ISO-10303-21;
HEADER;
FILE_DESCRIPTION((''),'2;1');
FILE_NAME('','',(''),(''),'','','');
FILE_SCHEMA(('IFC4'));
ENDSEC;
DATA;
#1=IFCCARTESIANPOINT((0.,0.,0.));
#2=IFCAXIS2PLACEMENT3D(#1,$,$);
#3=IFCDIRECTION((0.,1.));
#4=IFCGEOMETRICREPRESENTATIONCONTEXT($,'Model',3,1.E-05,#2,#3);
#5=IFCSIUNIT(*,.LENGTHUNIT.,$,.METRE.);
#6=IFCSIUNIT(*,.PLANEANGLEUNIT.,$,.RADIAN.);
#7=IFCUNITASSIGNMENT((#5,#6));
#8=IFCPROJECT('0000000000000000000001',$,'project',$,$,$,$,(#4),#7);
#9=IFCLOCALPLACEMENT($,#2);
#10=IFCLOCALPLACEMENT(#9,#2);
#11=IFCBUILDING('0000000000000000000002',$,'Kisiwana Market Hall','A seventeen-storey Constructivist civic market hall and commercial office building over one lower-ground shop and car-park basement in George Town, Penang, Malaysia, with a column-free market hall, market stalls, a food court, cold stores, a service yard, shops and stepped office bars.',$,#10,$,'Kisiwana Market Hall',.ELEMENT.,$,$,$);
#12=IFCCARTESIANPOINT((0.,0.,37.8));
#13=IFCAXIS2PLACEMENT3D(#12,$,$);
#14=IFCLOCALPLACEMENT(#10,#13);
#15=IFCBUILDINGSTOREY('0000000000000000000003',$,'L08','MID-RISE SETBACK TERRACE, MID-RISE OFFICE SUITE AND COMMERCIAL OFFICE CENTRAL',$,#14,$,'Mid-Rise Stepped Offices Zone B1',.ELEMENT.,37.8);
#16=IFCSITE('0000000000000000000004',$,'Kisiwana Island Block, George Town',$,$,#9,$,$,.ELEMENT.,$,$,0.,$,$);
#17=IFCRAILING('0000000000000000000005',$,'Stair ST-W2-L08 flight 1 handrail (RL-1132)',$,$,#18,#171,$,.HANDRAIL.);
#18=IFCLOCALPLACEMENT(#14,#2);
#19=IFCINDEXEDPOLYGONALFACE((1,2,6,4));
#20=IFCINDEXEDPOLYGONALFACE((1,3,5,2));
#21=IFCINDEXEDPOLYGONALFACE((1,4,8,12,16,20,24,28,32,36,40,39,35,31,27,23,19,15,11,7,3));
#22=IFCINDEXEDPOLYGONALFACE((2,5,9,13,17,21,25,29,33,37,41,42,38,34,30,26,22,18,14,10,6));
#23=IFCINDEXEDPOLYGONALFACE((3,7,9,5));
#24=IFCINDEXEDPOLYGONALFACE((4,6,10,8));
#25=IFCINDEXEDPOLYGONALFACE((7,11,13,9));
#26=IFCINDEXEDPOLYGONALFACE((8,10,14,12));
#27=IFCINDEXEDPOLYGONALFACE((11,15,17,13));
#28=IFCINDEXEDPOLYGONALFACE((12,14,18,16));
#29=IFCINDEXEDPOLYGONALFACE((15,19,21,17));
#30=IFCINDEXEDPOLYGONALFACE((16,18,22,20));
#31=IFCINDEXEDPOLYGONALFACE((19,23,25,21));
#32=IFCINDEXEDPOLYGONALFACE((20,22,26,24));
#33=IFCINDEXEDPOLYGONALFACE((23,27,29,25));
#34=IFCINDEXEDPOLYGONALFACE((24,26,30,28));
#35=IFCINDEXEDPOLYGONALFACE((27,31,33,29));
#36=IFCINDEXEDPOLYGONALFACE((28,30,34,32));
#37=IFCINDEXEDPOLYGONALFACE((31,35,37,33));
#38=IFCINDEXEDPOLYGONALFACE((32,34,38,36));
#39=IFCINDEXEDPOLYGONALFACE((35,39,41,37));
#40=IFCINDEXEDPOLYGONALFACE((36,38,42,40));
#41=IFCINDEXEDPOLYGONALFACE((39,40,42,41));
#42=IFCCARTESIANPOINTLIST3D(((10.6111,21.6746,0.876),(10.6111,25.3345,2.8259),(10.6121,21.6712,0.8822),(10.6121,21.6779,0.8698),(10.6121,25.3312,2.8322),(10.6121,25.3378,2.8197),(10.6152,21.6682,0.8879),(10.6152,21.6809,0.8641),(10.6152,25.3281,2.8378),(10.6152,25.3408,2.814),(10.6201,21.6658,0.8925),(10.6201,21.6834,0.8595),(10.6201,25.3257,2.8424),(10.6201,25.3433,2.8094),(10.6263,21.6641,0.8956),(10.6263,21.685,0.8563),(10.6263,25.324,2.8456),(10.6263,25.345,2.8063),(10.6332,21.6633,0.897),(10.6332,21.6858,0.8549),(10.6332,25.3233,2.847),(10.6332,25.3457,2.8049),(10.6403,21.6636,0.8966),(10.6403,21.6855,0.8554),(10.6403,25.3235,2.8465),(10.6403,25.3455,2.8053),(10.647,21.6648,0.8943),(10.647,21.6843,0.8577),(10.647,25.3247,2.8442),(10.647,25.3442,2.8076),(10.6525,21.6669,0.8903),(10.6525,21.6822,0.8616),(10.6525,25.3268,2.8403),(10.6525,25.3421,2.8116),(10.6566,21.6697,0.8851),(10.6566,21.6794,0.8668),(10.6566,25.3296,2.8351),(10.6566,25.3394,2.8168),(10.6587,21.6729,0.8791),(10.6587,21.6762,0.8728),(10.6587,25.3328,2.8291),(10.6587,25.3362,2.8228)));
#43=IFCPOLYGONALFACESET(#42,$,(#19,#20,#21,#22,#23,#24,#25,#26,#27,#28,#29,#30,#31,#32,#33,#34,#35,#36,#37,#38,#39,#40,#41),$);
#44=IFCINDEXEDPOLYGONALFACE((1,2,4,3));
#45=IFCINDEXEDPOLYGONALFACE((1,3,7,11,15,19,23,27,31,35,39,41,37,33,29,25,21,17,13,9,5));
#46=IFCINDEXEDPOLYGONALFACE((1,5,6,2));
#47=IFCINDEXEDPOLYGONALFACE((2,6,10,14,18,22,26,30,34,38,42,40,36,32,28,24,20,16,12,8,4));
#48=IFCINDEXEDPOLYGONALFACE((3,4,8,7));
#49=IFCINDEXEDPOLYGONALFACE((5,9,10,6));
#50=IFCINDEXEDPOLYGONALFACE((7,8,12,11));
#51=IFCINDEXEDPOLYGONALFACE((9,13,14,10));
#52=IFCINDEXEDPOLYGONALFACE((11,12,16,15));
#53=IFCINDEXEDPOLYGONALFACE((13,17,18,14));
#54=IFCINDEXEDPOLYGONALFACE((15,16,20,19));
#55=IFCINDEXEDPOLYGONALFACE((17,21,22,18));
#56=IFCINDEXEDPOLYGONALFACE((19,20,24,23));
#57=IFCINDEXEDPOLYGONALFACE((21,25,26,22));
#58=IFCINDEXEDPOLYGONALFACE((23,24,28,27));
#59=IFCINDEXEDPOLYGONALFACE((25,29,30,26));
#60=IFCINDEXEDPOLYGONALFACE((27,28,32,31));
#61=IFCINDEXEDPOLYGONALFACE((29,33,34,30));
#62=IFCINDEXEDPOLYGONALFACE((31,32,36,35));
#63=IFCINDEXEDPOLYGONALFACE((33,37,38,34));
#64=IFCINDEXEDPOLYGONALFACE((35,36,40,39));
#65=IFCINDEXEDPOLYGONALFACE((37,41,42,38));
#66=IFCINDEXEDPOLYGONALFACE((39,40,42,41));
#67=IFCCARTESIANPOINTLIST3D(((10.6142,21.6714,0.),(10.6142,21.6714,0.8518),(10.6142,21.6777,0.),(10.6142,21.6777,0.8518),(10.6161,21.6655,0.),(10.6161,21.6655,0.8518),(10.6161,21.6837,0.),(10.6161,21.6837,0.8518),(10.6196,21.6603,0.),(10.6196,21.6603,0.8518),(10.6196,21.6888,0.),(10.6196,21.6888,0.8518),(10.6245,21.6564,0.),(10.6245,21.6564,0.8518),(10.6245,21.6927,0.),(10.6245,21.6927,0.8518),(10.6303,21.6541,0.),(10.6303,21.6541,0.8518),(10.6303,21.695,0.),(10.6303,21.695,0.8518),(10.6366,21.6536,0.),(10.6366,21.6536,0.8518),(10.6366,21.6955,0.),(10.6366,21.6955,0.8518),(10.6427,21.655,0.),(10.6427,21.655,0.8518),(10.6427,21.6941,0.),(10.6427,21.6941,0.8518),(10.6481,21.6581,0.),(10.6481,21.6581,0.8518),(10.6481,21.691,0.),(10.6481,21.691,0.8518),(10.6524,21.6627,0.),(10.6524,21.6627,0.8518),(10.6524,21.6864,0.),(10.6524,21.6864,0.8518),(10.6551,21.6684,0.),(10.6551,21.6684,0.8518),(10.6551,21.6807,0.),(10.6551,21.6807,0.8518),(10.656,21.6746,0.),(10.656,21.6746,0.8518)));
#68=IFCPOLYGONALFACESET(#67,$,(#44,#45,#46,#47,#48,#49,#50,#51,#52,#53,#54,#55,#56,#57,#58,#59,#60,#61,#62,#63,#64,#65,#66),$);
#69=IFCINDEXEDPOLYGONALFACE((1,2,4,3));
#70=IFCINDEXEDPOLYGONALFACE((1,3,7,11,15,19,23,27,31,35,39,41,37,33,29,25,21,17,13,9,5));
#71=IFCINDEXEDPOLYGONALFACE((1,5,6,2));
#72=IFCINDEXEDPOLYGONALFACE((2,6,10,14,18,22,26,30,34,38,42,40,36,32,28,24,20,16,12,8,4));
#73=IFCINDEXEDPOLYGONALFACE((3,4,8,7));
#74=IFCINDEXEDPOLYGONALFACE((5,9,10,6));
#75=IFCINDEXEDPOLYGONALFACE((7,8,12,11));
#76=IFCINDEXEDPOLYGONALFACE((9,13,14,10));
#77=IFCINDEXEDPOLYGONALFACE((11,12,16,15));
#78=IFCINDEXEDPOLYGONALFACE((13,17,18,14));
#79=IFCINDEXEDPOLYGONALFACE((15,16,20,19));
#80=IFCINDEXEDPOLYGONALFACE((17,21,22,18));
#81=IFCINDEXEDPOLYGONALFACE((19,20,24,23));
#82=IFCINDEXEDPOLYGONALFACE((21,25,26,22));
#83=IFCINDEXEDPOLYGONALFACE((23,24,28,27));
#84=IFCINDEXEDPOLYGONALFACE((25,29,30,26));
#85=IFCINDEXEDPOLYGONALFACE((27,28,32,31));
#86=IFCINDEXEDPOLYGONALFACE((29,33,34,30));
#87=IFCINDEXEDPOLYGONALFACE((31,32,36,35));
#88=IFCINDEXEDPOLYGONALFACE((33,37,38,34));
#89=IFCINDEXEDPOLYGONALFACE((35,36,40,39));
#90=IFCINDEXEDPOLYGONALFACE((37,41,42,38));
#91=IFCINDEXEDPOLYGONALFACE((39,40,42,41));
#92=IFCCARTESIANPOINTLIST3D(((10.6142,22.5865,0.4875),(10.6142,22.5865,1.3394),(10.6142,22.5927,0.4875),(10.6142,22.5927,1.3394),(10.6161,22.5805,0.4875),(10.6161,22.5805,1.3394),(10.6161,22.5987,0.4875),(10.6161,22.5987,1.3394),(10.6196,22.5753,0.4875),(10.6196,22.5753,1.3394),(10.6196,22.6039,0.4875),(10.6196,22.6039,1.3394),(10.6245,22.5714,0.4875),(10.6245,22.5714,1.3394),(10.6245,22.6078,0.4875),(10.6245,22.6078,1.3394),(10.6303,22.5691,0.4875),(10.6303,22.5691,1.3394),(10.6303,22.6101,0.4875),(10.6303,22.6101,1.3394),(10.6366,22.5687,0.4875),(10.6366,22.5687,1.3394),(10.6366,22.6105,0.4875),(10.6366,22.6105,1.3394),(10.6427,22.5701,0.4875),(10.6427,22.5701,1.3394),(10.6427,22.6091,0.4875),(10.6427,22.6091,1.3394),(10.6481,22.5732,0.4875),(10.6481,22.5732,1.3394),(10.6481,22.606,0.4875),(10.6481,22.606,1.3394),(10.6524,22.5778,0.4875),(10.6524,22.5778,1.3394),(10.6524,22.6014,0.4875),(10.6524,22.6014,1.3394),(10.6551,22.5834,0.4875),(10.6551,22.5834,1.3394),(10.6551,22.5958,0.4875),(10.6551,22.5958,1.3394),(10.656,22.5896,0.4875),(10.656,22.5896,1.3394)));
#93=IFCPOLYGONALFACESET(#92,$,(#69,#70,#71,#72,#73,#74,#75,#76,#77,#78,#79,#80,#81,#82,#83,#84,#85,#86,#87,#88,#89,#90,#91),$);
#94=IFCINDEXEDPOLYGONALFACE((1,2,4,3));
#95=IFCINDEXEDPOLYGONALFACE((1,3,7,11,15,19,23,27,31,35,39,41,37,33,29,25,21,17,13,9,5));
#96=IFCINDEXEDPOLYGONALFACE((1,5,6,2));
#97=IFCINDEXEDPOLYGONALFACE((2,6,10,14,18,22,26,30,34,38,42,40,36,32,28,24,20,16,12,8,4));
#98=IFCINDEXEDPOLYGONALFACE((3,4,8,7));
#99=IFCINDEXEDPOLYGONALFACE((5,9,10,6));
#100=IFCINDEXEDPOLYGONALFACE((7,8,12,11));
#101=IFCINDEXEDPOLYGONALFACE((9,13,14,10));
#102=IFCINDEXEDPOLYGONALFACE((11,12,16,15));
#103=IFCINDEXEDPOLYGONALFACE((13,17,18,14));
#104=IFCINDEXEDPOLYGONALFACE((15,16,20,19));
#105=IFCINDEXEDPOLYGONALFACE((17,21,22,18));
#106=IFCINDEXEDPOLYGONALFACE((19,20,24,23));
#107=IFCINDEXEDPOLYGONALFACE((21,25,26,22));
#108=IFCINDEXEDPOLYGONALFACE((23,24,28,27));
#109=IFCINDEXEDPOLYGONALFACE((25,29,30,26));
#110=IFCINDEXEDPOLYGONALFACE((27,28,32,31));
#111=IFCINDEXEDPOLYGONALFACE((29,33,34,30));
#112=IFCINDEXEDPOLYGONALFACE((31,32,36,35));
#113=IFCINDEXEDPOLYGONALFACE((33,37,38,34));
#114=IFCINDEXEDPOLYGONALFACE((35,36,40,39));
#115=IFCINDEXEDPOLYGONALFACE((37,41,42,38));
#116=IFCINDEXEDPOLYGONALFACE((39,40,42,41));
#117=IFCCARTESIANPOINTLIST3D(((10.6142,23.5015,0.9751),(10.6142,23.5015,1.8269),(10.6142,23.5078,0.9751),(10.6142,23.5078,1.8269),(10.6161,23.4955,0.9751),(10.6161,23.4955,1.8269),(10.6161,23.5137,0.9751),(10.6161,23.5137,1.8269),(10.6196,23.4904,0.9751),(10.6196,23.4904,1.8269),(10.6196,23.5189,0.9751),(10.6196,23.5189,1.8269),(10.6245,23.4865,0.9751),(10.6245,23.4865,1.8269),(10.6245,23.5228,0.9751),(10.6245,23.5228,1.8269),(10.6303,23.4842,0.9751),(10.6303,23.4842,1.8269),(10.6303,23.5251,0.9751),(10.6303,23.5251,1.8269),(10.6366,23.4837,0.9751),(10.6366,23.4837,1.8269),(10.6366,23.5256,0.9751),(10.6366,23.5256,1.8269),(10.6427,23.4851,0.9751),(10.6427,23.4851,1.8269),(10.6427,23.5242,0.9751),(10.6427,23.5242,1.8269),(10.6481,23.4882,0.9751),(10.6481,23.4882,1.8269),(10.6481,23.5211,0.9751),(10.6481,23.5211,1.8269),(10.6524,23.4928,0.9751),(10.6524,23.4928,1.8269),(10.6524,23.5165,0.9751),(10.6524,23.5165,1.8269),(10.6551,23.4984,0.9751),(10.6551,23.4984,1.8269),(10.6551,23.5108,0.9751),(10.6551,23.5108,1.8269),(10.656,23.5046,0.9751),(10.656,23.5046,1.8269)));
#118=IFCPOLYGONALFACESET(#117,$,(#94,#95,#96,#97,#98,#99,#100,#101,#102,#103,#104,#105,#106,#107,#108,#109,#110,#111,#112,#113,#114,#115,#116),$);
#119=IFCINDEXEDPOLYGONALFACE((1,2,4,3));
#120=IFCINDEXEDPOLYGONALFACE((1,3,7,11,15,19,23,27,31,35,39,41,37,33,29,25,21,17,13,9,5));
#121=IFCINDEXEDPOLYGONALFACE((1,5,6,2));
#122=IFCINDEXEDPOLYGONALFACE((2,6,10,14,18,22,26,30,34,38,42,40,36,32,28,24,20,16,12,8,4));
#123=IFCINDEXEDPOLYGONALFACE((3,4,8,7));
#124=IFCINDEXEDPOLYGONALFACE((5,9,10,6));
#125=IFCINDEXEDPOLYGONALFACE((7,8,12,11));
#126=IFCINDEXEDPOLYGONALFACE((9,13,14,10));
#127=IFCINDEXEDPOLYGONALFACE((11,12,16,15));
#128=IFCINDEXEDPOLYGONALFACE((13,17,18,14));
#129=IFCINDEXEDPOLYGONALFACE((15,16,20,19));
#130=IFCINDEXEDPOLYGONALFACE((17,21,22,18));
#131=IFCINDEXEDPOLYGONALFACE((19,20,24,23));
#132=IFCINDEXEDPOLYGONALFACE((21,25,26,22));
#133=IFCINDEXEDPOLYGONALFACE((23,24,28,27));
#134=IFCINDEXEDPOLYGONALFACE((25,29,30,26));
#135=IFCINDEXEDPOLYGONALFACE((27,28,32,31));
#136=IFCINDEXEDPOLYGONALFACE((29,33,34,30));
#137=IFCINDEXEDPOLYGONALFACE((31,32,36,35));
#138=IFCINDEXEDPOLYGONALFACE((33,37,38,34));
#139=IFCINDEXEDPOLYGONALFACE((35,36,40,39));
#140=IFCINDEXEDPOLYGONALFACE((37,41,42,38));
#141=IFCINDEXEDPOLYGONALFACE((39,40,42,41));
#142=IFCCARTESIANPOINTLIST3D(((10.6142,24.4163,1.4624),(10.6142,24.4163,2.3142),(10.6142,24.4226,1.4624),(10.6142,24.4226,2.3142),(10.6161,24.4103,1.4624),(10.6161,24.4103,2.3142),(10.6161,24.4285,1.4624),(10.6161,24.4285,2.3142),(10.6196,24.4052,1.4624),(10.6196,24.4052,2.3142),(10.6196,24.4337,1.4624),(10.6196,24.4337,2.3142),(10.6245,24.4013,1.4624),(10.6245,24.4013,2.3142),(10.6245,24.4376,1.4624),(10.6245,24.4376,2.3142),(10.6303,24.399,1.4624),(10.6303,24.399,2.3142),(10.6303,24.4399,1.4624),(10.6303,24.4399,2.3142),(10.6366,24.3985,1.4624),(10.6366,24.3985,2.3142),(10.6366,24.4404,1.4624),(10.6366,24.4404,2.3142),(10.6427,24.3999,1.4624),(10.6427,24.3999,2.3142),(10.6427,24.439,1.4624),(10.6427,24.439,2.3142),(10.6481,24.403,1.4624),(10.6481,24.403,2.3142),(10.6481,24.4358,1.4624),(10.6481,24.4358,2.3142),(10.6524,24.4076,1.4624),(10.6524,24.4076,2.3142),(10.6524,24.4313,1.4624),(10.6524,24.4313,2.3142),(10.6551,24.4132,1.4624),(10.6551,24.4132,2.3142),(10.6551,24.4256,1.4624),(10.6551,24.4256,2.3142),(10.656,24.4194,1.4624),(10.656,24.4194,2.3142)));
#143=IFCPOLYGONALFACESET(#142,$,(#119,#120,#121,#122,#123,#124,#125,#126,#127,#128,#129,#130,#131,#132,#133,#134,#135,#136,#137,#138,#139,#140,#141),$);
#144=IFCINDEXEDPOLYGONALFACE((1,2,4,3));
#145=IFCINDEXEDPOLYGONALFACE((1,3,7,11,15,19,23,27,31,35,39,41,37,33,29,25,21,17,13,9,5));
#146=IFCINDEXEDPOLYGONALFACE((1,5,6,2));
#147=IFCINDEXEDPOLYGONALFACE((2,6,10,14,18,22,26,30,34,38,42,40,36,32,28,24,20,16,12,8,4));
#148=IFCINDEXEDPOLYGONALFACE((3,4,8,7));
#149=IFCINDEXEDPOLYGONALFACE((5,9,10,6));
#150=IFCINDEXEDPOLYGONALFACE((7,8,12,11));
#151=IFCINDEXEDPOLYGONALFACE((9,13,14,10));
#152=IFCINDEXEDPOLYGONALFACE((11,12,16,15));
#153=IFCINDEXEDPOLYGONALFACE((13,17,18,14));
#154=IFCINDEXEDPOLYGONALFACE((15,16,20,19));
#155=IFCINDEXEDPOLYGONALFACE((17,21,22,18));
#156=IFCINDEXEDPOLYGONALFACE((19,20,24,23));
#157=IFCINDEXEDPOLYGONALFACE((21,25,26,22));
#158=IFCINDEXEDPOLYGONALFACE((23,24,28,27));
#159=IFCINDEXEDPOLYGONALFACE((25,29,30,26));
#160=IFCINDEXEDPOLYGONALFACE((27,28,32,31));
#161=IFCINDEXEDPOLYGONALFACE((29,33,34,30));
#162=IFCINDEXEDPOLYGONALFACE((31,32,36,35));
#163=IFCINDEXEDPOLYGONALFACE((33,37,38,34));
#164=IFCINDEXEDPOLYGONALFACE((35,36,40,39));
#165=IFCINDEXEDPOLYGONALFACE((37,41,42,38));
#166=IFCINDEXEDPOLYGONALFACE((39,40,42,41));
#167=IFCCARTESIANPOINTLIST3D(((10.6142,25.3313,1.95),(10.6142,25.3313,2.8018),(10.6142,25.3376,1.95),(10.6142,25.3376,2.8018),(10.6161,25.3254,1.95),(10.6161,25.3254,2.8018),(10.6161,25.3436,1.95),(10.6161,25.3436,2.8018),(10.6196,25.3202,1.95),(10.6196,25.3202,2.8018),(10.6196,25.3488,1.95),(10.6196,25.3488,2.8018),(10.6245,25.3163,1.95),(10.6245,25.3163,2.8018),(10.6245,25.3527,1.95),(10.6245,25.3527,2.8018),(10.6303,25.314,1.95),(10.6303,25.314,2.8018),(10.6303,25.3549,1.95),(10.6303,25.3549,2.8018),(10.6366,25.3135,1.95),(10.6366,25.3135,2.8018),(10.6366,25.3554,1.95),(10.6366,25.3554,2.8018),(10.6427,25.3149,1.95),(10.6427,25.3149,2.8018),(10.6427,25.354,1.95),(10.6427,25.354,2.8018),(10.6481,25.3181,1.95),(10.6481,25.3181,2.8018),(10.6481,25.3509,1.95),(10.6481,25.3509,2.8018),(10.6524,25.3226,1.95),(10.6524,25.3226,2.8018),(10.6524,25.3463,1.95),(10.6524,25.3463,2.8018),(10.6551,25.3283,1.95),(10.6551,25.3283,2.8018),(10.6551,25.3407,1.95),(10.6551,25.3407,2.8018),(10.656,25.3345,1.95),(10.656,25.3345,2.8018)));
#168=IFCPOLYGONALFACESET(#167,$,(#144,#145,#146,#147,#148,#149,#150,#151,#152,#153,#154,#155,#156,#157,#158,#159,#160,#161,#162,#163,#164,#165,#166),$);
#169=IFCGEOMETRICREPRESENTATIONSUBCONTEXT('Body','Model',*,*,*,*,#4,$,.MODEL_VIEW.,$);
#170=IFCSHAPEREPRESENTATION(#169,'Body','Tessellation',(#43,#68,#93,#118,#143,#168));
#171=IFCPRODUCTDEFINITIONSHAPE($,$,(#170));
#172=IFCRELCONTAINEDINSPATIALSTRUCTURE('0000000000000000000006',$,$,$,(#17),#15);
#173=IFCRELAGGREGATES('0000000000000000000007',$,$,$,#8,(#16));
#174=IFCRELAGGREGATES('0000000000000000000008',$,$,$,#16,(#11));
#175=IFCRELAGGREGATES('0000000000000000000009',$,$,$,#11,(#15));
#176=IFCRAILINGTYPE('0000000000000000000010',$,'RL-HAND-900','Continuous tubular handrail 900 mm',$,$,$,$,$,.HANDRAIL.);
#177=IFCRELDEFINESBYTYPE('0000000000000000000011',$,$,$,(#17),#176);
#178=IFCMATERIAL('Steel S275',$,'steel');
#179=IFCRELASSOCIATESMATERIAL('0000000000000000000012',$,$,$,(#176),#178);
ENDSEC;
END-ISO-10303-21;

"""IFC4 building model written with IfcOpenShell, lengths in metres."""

from ifc_helpers import new_model, si_unit, direction, frame, origin, origin_2d, place, context, subcontext, project, spatial, circle, extrude, material, type_object, element, save


model = new_model("IFC4")

# Units and contexts
model_context = context("Model", 3, precision=1e-05, world=origin(), true_north=direction((0.0, 1.0)))
body_context = subcontext(model_context, "Body", "Model", "MODEL_VIEW")
ifc_project = project(units=[si_unit("LENGTHUNIT", "METRE"), si_unit("PLANEANGLEUNIT", "RADIAN")], contexts=[model_context])

# Site, building, storey
site_placement = place(None, origin())
site = spatial("IfcSite", under=ifc_project, at=site_placement, Name="Kisiwana Island Block, George Town", CompositionType="ELEMENT", RefElevation=0.0)
building_placement = place(site_placement, origin())
building = spatial("IfcBuilding", under=site, at=building_placement, Name="Kisiwana Market Hall", Description="A seventeen-storey Constructivist civic market hall and commercial office building over one lower-ground shop and car-park basement in George Town, Penang, Malaysia, with a column-free market hall, market stalls, a food court, cold stores, a service yard, shops and stepped office bars.", LongName="Kisiwana Market Hall", CompositionType="ELEMENT")
storey_placement = place(building_placement, frame((0.0, 0.0, 37.8)))
storey = spatial("IfcBuildingStorey", under=building, at=storey_placement, Name="L08", Description="MID-RISE SETBACK TERRACE, MID-RISE OFFICE SUITE AND COMMERCIAL OFFICE CENTRAL", LongName="Mid-Rise Stepped Offices Zone B1", CompositionType="ELEMENT", Elevation=37.8)

# Railing
ifc_material_1 = material(Name="Steel S275", Category="steel")
railing_type_1 = type_object("IfcRailingType", Name="RL-HAND-900", Description="Continuous tubular handrail 900 mm", PredefinedType="HANDRAIL", material=ifc_material_1)
railing_1_placement = place(storey_placement, frame((10.635, 21.6746, 0.0)))
element("IfcRailing", 1, at=railing_1_placement, inside=storey, type_object=railing_type_1, Name="Stair ST-W2-L08 flight 1 handrail (RL-1132)", PredefinedType="HANDRAIL", context=body_context, shape_type="SweptSolid", body=[
    extrude(circle(Radius=0.0239, at=origin_2d()), frame((0.0, 0.0, 0.876), z_axis=(0.0, 0.882553, 0.470212), x_axis=(-1.0, 0.0, 0.0)), (0.0, 0.0, 1.0), 4.147),
    extrude(circle(Radius=0.021, at=origin_2d()), origin(), (0.0, 0.0, 1.0), 0.8518),
    extrude(circle(Radius=0.021, at=origin_2d()), frame((0.0, 0.915, 0.4875)), (0.0, 0.0, 1.0), 0.8518),
    extrude(circle(Radius=0.021, at=origin_2d()), frame((0.0, 1.8301, 0.9751)), (0.0, 0.0, 1.0), 0.8518),
    extrude(circle(Radius=0.021, at=origin_2d()), frame((0.0, 2.7449, 1.4624)), (0.0, 0.0, 1.0), 0.8518),
    extrude(circle(Radius=0.021, at=origin_2d()), frame((0.0, 3.6599, 1.95)), (0.0, 0.0, 1.0), 0.8518),
])

save(model, "model.ifc")
